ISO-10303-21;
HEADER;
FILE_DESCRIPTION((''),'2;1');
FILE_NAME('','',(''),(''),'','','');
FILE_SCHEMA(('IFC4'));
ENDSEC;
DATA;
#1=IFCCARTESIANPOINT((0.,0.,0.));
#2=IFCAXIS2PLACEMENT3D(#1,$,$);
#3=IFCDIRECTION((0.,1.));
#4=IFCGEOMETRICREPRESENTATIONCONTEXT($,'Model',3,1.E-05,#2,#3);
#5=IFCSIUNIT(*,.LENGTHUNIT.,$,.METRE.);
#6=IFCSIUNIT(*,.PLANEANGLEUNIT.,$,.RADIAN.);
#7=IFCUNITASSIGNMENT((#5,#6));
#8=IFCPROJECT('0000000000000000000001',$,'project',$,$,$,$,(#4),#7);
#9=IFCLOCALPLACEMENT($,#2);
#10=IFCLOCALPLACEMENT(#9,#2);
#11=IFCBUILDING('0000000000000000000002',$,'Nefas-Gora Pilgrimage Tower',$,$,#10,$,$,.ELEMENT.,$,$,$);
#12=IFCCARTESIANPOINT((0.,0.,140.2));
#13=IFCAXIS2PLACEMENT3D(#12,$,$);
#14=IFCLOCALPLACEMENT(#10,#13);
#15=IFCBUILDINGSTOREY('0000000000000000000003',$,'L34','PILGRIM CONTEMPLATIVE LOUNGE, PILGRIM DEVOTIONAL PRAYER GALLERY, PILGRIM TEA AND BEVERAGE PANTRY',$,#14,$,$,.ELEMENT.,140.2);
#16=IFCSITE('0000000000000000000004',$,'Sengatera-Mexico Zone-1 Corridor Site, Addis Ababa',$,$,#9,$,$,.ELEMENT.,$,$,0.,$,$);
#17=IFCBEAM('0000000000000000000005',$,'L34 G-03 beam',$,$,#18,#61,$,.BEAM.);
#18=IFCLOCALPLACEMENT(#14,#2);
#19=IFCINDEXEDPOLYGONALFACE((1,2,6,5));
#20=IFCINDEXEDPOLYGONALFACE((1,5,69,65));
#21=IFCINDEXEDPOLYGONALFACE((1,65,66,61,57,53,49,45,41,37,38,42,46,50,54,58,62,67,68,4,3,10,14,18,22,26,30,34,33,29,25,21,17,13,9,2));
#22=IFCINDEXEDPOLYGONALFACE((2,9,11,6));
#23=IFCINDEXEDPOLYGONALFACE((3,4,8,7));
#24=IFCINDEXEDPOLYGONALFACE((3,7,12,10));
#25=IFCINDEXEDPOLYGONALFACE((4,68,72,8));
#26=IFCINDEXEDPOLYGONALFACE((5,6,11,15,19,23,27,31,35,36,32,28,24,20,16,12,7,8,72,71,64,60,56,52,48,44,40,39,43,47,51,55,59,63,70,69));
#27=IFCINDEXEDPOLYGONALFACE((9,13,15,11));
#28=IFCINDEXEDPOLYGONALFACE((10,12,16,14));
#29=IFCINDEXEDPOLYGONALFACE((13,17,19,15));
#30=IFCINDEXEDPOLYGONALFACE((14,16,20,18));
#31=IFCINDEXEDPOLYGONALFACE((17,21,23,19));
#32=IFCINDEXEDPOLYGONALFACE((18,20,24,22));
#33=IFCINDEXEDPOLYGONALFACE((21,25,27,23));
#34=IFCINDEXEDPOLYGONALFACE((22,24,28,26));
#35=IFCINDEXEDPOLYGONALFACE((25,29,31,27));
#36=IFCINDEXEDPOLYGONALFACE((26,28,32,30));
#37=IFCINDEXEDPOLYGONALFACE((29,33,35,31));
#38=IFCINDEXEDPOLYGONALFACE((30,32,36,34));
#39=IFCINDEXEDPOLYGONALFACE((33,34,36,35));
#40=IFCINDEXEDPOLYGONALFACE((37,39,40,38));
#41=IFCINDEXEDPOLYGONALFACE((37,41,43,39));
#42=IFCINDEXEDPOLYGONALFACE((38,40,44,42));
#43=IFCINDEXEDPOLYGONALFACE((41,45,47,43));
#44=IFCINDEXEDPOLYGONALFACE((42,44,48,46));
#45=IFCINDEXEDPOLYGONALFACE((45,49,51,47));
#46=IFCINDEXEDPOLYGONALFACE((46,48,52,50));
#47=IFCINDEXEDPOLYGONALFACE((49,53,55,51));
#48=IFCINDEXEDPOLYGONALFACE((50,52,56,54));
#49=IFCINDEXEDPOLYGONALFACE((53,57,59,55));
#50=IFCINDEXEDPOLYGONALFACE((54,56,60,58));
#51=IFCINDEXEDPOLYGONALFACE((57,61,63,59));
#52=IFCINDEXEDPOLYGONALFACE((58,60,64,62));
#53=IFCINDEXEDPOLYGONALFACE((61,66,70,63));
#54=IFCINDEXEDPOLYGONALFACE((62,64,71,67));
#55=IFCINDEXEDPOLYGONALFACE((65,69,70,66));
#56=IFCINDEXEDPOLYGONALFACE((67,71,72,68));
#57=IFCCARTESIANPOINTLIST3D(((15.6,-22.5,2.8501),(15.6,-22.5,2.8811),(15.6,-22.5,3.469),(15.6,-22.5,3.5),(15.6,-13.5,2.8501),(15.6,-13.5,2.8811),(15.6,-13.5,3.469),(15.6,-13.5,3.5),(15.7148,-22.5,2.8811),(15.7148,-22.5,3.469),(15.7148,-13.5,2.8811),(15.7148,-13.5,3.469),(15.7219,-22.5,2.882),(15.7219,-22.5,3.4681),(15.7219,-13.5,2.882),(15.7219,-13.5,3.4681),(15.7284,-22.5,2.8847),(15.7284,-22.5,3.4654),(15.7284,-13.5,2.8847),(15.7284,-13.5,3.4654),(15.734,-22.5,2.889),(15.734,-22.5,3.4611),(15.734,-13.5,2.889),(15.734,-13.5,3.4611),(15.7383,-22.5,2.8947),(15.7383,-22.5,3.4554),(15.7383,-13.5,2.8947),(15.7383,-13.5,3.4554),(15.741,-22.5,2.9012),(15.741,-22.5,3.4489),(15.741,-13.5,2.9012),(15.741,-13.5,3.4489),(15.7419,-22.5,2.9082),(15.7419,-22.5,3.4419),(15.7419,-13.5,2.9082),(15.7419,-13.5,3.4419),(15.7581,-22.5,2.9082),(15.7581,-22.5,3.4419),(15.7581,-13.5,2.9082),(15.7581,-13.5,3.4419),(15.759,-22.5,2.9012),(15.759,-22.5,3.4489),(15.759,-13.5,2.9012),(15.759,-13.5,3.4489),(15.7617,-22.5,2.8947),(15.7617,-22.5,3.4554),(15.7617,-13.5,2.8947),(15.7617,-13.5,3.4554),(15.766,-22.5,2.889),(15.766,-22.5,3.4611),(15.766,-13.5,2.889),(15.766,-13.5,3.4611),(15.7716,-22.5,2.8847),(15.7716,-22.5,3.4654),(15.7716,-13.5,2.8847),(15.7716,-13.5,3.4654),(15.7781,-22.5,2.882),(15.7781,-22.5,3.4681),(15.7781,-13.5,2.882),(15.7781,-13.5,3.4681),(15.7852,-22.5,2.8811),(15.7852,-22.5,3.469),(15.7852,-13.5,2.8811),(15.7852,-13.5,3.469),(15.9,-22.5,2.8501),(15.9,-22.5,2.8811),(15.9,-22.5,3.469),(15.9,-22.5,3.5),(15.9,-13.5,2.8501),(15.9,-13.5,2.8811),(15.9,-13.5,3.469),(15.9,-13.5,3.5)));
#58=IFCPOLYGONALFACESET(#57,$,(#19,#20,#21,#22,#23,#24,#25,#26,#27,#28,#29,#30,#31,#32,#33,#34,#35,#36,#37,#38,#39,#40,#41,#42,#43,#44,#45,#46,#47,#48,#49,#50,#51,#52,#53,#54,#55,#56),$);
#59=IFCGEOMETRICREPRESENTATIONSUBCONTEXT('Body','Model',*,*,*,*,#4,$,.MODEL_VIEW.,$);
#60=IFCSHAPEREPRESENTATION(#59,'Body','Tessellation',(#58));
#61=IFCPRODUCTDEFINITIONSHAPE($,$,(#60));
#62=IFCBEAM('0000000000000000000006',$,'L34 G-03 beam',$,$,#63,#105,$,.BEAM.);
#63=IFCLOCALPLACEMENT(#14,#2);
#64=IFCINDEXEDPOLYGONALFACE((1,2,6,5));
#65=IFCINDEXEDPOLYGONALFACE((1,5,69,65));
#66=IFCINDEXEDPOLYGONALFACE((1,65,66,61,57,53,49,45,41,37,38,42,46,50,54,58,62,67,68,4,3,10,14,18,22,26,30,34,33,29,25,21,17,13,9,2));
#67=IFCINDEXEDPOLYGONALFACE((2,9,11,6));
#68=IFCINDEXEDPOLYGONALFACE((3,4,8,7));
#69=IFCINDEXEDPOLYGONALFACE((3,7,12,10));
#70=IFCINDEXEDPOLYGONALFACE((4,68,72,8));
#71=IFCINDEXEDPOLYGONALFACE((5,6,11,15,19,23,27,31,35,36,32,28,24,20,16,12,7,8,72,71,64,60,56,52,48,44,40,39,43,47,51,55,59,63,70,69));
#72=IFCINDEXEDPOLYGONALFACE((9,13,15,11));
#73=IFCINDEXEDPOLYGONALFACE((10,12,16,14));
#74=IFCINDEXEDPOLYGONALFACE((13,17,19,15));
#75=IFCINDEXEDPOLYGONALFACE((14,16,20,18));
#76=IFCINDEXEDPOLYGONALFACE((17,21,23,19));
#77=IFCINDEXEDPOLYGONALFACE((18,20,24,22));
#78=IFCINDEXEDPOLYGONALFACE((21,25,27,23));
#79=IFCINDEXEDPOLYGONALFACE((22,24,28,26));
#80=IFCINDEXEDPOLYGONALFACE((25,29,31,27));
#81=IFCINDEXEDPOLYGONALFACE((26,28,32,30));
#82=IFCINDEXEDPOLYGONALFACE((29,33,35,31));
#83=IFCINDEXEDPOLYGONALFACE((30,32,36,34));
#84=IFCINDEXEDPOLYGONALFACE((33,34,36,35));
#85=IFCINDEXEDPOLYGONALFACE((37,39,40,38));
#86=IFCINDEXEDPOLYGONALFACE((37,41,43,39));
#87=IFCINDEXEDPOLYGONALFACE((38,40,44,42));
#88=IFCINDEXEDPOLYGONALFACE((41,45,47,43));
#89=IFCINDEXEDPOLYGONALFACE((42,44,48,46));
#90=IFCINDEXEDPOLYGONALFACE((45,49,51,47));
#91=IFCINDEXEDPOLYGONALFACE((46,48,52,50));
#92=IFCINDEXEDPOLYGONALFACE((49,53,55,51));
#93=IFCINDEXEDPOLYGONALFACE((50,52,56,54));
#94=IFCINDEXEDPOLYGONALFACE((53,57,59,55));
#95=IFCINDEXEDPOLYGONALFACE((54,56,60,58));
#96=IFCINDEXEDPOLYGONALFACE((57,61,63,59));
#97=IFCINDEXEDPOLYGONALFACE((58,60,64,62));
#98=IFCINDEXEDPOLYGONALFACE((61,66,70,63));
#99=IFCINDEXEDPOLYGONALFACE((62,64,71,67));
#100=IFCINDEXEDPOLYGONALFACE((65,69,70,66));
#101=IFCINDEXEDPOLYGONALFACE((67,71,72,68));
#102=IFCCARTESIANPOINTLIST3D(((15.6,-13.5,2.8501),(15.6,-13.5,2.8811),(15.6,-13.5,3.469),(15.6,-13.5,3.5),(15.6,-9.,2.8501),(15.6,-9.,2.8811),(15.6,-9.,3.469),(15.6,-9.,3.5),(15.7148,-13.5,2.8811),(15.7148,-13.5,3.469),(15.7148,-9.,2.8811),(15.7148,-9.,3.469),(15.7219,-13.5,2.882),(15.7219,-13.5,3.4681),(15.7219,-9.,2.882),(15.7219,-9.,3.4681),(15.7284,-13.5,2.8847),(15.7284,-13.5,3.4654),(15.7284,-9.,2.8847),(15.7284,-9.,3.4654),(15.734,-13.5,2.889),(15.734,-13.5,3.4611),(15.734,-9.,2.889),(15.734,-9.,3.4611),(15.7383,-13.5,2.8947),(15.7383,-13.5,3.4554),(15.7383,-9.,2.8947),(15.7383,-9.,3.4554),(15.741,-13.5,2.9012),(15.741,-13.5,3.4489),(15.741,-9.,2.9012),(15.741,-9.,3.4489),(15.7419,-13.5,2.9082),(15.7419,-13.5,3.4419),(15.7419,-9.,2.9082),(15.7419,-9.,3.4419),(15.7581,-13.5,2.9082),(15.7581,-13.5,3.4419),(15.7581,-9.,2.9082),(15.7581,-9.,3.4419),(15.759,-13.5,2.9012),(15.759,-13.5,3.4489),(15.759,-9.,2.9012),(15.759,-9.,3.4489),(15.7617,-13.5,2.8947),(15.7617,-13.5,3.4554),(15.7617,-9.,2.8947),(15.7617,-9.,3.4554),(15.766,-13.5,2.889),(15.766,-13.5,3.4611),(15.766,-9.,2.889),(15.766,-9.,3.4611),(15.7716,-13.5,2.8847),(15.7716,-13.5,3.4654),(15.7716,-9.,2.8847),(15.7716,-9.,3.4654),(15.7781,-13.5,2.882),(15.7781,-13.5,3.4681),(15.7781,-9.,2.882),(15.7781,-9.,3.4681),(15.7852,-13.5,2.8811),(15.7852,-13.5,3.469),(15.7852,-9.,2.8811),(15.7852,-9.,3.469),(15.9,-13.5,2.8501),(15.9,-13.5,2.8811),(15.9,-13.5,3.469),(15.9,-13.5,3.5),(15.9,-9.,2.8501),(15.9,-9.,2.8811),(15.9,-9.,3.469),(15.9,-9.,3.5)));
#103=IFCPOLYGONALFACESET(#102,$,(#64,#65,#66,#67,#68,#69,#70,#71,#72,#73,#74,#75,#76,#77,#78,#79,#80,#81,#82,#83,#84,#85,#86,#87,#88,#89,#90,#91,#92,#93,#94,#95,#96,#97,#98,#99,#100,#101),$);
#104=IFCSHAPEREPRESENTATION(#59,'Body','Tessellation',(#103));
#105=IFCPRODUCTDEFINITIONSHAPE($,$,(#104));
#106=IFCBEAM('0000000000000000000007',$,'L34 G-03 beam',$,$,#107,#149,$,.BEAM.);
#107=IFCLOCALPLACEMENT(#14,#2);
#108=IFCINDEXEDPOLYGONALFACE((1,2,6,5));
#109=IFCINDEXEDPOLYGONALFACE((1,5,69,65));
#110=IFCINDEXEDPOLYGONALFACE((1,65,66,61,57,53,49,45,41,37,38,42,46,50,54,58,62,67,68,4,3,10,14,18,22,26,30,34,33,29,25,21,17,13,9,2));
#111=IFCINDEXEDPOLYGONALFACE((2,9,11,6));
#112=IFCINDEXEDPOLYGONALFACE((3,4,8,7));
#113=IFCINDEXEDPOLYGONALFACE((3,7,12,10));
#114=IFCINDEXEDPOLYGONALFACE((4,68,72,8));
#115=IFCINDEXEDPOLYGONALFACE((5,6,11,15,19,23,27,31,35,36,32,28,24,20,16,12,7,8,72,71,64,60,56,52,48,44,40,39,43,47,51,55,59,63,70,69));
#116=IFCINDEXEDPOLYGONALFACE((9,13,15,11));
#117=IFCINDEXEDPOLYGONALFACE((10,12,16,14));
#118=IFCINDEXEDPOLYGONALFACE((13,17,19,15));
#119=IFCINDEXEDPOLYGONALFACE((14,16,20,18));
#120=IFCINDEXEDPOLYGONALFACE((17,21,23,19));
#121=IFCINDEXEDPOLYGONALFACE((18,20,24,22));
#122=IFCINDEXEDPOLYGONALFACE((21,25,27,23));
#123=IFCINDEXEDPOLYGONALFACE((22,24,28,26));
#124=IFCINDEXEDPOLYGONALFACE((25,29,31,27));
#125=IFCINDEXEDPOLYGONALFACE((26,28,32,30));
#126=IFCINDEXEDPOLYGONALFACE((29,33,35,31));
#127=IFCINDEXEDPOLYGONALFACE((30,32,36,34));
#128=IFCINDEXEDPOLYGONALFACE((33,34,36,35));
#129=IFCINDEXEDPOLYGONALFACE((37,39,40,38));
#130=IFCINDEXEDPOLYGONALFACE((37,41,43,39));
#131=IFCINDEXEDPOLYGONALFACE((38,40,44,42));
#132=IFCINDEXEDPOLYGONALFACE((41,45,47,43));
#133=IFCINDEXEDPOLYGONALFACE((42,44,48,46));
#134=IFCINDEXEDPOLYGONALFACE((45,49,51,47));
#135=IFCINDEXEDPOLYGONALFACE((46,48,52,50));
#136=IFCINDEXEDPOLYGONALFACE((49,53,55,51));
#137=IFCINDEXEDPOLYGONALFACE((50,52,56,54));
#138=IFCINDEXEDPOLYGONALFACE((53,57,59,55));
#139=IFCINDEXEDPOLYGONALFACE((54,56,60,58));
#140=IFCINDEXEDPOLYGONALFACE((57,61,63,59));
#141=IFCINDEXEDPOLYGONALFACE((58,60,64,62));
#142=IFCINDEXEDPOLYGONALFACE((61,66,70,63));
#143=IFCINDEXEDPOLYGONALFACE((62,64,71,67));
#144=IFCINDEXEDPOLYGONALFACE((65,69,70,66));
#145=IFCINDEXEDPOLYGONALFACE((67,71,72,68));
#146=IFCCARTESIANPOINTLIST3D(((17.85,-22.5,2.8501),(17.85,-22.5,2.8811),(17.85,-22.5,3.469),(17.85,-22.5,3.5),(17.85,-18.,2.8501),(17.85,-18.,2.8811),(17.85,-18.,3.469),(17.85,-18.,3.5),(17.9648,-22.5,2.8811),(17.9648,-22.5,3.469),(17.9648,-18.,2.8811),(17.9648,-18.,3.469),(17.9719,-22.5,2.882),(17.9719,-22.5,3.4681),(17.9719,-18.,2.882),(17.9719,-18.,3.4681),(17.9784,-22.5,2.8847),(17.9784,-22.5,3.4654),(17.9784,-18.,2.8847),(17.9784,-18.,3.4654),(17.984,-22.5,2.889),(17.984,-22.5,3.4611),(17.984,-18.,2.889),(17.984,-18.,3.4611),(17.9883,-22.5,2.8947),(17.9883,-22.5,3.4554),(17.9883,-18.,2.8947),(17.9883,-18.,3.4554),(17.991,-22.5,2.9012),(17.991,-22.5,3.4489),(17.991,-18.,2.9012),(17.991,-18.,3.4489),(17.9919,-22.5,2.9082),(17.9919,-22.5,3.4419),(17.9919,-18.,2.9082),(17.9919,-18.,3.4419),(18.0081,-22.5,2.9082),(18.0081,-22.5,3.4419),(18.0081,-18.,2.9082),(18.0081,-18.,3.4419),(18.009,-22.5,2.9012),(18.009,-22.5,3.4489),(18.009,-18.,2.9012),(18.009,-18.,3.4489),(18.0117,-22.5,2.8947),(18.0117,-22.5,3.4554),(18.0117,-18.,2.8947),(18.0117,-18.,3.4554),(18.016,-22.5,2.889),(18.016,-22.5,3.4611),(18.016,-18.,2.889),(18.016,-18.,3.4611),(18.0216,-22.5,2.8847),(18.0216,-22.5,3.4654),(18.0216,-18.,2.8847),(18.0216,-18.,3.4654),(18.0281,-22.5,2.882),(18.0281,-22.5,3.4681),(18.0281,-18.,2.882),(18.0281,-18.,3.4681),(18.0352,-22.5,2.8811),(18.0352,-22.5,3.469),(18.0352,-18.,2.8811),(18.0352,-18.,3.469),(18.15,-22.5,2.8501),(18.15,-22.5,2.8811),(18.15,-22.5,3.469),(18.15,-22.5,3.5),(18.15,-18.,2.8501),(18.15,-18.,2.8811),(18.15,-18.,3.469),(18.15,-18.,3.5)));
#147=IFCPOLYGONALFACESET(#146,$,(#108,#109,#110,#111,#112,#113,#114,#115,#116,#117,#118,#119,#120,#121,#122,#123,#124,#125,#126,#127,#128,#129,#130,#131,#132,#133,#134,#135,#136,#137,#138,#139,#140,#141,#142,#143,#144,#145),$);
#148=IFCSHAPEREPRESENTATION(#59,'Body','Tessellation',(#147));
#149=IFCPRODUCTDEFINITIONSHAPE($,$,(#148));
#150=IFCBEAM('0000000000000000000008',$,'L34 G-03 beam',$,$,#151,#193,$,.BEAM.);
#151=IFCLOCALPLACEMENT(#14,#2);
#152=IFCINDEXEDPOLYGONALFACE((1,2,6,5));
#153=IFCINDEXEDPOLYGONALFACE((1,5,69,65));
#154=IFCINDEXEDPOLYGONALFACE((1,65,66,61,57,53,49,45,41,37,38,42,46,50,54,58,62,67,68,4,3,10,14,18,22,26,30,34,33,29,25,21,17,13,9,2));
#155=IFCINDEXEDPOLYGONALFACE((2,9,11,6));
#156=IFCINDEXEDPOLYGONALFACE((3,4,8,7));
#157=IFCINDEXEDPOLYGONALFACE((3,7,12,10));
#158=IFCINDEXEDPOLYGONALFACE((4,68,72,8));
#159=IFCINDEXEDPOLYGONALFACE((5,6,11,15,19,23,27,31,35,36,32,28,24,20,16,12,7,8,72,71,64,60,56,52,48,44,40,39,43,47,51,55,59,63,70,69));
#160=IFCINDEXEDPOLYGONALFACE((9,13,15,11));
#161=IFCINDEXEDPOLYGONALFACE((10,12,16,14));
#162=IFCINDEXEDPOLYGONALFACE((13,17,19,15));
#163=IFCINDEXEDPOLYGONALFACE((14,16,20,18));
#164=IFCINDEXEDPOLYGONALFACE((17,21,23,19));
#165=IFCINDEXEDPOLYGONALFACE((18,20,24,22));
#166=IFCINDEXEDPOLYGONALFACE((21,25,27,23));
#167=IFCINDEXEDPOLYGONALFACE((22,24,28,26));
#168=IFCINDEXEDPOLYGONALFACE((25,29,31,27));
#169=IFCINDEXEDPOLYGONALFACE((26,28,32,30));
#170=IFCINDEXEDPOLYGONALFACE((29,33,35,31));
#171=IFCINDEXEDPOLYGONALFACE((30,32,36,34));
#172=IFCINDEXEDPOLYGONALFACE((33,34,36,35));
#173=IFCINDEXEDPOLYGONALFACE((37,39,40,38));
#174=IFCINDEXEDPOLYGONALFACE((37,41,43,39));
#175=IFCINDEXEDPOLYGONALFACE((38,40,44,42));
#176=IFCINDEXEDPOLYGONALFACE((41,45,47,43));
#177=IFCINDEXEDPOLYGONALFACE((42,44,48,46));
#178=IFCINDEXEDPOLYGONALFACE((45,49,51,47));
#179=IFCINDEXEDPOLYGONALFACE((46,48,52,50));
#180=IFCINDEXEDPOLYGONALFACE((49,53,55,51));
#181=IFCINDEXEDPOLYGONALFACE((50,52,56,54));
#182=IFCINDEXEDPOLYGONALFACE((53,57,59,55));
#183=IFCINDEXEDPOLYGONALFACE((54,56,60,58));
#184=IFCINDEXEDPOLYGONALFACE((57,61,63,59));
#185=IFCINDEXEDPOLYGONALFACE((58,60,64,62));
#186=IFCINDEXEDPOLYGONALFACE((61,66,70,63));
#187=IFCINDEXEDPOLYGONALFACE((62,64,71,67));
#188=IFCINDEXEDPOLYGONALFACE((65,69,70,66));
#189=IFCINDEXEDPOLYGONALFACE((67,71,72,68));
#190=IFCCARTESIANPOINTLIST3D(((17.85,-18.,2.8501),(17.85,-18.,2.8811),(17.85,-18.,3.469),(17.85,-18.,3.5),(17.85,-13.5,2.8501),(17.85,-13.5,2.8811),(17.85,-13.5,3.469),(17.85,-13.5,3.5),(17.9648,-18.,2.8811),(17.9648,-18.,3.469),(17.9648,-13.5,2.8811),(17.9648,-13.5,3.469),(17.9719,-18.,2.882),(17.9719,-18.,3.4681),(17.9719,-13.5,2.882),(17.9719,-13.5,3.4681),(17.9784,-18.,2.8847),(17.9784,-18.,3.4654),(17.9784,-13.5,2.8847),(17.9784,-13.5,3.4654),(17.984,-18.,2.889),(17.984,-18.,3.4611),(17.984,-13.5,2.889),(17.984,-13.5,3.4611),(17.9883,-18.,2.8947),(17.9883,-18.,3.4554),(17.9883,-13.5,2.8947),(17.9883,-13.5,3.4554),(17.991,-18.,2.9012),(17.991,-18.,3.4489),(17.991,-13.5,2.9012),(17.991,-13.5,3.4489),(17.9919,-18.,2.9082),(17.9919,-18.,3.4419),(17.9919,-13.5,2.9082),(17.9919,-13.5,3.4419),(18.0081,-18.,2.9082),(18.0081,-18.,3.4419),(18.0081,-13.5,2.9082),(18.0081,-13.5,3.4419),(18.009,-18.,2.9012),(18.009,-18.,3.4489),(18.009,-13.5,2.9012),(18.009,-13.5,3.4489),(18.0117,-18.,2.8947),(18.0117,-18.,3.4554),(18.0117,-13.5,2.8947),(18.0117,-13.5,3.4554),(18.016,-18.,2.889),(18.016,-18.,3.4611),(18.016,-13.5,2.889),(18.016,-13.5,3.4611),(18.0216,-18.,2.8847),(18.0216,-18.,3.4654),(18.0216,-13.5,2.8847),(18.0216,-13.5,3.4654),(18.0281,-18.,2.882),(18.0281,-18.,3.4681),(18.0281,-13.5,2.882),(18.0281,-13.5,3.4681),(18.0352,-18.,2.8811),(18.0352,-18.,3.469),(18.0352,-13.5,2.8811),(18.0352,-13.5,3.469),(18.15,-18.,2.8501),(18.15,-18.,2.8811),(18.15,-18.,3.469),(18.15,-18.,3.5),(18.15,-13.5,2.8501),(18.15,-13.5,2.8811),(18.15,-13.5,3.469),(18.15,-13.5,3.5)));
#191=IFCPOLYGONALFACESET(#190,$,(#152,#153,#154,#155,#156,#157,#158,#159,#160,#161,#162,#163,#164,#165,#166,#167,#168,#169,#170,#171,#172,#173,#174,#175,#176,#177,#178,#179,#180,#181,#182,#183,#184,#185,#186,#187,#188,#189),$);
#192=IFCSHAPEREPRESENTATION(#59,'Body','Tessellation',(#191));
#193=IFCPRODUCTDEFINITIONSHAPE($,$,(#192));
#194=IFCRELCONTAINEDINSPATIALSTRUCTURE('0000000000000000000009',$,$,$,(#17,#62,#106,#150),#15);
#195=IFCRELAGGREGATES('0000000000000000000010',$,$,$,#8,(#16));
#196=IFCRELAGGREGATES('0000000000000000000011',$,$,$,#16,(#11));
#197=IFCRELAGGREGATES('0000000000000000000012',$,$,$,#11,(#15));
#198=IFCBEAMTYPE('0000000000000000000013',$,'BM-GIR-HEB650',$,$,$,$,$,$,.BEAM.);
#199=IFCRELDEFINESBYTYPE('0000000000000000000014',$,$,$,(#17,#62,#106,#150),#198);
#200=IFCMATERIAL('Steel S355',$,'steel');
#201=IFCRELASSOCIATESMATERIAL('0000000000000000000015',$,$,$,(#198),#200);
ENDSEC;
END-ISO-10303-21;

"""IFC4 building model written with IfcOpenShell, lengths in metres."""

from ifc_helpers import new_model, si_unit, direction, frame, origin, origin_2d, place, context, subcontext, project, spatial, i_section, extrude, source, transform, mapped, material, material_profile, profile_set, type_object, element, save


model = new_model("IFC4")

# Units and contexts
model_context = context("Model", 3, precision=1e-05, world=origin(), true_north=direction((0.0, 1.0)))
body_context = subcontext(model_context, "Body", "Model", "MODEL_VIEW")
ifc_project = project(units=[si_unit("LENGTHUNIT", "METRE"), si_unit("PLANEANGLEUNIT", "RADIAN")], contexts=[model_context])

# Site, building, storey
site_placement = place(None, origin())
site = spatial("IfcSite", under=ifc_project, at=site_placement, Name="Sengatera-Mexico Zone-1 Corridor Site, Addis Ababa", CompositionType="ELEMENT", RefElevation=0.0)
building_placement = place(site_placement, origin())
building = spatial("IfcBuilding", under=site, at=building_placement, Name="Nefas-Gora Pilgrimage Tower", CompositionType="ELEMENT")
storey_placement = place(building_placement, frame((0.0, 0.0, 140.2)))
storey = spatial("IfcBuildingStorey", under=building, at=storey_placement, Name="L34", Description="PILGRIM CONTEMPLATIVE LOUNGE, PILGRIM DEVOTIONAL PRAYER GALLERY, PILGRIM TEA AND BEVERAGE PANTRY", CompositionType="ELEMENT", Elevation=140.2)

# Beams
ifc_material_1 = material(Name="Steel S355", Category="steel")
ifc_material_profile_1 = material_profile(ifc_material_1, i_section(OverallWidth=0.3, OverallDepth=0.6499, WebThickness=0.0161, FlangeThickness=0.031, FilletRadius=0.0271, at=origin_2d()), Name="HEB 650")
ifc_profile_set_1 = profile_set([ifc_material_profile_1], Name="Steel S355")
beam_type_1 = type_object("IfcBeamType", Name="BM-GIR-HEB650", PredefinedType="BEAM", material=ifc_profile_set_1)
shared_shape_1 = source(origin(), body_context, "Body", "SweptSolid", [
    extrude(i_section(OverallWidth=0.3, OverallDepth=0.6499, WebThickness=0.0161, FlangeThickness=0.031, FilletRadius=0.0271, at=origin_2d()), origin(), (0.0, 0.0, 1.0), 9.0),
])
beam_1_placement = place(storey_placement, frame((15.75, -22.5, 3.175), z_axis=(0.0, 1.0, 0.0), x_axis=(-1.0, 0.0, 0.0)))
element("IfcBeam", 1, at=beam_1_placement, inside=storey, type_object=beam_type_1, Name="L34 G-03 beam", PredefinedType="BEAM", context=body_context, shape_type="MappedRepresentation", body=[
    mapped(shared_shape_1, transform((0.0, 0.0, 0.0), x_axis=(1.0, 0.0, 0.0), y_axis=(0.0, 1.0, 0.0), z_axis=(0.0, 0.0, 1.0), scale=1.0)),
])
shared_shape_2 = source(origin(), body_context, "Body", "SweptSolid", [
    extrude(i_section(OverallWidth=0.3, OverallDepth=0.6499, WebThickness=0.0161, FlangeThickness=0.031, FilletRadius=0.0271, at=origin_2d()), origin(), (0.0, 0.0, 1.0), 4.5),
])
for number, where, z_axis, x_axis, name in (
    (2, (15.75, -13.5, 3.175), (0.0, 1.0, 0.0), (-1.0, 0.0, 0.0), "L34 G-03 beam"),
    (3, (18.0, -22.5, 3.175), (0.0, 1.0, 0.0), (-1.0, 0.0, 0.0), "L34 G-03 beam"),
    (4, (18.0, -18.0, 3.175), (0.0, 1.0, 0.0), (-1.0, 0.0, 0.0), "L34 G-03 beam"),
):
    element("IfcBeam", number, at=place(storey_placement, frame(where, z_axis=z_axis, x_axis=x_axis)), inside=storey, type_object=beam_type_1, Name=name, PredefinedType="BEAM", context=body_context, shape_type="MappedRepresentation", body=[
        mapped(shared_shape_2, transform((0.0, 0.0, 0.0), x_axis=(1.0, 0.0, 0.0), y_axis=(0.0, 1.0, 0.0), z_axis=(0.0, 0.0, 1.0), scale=1.0)),
    ])

save(model, "model.ifc")
